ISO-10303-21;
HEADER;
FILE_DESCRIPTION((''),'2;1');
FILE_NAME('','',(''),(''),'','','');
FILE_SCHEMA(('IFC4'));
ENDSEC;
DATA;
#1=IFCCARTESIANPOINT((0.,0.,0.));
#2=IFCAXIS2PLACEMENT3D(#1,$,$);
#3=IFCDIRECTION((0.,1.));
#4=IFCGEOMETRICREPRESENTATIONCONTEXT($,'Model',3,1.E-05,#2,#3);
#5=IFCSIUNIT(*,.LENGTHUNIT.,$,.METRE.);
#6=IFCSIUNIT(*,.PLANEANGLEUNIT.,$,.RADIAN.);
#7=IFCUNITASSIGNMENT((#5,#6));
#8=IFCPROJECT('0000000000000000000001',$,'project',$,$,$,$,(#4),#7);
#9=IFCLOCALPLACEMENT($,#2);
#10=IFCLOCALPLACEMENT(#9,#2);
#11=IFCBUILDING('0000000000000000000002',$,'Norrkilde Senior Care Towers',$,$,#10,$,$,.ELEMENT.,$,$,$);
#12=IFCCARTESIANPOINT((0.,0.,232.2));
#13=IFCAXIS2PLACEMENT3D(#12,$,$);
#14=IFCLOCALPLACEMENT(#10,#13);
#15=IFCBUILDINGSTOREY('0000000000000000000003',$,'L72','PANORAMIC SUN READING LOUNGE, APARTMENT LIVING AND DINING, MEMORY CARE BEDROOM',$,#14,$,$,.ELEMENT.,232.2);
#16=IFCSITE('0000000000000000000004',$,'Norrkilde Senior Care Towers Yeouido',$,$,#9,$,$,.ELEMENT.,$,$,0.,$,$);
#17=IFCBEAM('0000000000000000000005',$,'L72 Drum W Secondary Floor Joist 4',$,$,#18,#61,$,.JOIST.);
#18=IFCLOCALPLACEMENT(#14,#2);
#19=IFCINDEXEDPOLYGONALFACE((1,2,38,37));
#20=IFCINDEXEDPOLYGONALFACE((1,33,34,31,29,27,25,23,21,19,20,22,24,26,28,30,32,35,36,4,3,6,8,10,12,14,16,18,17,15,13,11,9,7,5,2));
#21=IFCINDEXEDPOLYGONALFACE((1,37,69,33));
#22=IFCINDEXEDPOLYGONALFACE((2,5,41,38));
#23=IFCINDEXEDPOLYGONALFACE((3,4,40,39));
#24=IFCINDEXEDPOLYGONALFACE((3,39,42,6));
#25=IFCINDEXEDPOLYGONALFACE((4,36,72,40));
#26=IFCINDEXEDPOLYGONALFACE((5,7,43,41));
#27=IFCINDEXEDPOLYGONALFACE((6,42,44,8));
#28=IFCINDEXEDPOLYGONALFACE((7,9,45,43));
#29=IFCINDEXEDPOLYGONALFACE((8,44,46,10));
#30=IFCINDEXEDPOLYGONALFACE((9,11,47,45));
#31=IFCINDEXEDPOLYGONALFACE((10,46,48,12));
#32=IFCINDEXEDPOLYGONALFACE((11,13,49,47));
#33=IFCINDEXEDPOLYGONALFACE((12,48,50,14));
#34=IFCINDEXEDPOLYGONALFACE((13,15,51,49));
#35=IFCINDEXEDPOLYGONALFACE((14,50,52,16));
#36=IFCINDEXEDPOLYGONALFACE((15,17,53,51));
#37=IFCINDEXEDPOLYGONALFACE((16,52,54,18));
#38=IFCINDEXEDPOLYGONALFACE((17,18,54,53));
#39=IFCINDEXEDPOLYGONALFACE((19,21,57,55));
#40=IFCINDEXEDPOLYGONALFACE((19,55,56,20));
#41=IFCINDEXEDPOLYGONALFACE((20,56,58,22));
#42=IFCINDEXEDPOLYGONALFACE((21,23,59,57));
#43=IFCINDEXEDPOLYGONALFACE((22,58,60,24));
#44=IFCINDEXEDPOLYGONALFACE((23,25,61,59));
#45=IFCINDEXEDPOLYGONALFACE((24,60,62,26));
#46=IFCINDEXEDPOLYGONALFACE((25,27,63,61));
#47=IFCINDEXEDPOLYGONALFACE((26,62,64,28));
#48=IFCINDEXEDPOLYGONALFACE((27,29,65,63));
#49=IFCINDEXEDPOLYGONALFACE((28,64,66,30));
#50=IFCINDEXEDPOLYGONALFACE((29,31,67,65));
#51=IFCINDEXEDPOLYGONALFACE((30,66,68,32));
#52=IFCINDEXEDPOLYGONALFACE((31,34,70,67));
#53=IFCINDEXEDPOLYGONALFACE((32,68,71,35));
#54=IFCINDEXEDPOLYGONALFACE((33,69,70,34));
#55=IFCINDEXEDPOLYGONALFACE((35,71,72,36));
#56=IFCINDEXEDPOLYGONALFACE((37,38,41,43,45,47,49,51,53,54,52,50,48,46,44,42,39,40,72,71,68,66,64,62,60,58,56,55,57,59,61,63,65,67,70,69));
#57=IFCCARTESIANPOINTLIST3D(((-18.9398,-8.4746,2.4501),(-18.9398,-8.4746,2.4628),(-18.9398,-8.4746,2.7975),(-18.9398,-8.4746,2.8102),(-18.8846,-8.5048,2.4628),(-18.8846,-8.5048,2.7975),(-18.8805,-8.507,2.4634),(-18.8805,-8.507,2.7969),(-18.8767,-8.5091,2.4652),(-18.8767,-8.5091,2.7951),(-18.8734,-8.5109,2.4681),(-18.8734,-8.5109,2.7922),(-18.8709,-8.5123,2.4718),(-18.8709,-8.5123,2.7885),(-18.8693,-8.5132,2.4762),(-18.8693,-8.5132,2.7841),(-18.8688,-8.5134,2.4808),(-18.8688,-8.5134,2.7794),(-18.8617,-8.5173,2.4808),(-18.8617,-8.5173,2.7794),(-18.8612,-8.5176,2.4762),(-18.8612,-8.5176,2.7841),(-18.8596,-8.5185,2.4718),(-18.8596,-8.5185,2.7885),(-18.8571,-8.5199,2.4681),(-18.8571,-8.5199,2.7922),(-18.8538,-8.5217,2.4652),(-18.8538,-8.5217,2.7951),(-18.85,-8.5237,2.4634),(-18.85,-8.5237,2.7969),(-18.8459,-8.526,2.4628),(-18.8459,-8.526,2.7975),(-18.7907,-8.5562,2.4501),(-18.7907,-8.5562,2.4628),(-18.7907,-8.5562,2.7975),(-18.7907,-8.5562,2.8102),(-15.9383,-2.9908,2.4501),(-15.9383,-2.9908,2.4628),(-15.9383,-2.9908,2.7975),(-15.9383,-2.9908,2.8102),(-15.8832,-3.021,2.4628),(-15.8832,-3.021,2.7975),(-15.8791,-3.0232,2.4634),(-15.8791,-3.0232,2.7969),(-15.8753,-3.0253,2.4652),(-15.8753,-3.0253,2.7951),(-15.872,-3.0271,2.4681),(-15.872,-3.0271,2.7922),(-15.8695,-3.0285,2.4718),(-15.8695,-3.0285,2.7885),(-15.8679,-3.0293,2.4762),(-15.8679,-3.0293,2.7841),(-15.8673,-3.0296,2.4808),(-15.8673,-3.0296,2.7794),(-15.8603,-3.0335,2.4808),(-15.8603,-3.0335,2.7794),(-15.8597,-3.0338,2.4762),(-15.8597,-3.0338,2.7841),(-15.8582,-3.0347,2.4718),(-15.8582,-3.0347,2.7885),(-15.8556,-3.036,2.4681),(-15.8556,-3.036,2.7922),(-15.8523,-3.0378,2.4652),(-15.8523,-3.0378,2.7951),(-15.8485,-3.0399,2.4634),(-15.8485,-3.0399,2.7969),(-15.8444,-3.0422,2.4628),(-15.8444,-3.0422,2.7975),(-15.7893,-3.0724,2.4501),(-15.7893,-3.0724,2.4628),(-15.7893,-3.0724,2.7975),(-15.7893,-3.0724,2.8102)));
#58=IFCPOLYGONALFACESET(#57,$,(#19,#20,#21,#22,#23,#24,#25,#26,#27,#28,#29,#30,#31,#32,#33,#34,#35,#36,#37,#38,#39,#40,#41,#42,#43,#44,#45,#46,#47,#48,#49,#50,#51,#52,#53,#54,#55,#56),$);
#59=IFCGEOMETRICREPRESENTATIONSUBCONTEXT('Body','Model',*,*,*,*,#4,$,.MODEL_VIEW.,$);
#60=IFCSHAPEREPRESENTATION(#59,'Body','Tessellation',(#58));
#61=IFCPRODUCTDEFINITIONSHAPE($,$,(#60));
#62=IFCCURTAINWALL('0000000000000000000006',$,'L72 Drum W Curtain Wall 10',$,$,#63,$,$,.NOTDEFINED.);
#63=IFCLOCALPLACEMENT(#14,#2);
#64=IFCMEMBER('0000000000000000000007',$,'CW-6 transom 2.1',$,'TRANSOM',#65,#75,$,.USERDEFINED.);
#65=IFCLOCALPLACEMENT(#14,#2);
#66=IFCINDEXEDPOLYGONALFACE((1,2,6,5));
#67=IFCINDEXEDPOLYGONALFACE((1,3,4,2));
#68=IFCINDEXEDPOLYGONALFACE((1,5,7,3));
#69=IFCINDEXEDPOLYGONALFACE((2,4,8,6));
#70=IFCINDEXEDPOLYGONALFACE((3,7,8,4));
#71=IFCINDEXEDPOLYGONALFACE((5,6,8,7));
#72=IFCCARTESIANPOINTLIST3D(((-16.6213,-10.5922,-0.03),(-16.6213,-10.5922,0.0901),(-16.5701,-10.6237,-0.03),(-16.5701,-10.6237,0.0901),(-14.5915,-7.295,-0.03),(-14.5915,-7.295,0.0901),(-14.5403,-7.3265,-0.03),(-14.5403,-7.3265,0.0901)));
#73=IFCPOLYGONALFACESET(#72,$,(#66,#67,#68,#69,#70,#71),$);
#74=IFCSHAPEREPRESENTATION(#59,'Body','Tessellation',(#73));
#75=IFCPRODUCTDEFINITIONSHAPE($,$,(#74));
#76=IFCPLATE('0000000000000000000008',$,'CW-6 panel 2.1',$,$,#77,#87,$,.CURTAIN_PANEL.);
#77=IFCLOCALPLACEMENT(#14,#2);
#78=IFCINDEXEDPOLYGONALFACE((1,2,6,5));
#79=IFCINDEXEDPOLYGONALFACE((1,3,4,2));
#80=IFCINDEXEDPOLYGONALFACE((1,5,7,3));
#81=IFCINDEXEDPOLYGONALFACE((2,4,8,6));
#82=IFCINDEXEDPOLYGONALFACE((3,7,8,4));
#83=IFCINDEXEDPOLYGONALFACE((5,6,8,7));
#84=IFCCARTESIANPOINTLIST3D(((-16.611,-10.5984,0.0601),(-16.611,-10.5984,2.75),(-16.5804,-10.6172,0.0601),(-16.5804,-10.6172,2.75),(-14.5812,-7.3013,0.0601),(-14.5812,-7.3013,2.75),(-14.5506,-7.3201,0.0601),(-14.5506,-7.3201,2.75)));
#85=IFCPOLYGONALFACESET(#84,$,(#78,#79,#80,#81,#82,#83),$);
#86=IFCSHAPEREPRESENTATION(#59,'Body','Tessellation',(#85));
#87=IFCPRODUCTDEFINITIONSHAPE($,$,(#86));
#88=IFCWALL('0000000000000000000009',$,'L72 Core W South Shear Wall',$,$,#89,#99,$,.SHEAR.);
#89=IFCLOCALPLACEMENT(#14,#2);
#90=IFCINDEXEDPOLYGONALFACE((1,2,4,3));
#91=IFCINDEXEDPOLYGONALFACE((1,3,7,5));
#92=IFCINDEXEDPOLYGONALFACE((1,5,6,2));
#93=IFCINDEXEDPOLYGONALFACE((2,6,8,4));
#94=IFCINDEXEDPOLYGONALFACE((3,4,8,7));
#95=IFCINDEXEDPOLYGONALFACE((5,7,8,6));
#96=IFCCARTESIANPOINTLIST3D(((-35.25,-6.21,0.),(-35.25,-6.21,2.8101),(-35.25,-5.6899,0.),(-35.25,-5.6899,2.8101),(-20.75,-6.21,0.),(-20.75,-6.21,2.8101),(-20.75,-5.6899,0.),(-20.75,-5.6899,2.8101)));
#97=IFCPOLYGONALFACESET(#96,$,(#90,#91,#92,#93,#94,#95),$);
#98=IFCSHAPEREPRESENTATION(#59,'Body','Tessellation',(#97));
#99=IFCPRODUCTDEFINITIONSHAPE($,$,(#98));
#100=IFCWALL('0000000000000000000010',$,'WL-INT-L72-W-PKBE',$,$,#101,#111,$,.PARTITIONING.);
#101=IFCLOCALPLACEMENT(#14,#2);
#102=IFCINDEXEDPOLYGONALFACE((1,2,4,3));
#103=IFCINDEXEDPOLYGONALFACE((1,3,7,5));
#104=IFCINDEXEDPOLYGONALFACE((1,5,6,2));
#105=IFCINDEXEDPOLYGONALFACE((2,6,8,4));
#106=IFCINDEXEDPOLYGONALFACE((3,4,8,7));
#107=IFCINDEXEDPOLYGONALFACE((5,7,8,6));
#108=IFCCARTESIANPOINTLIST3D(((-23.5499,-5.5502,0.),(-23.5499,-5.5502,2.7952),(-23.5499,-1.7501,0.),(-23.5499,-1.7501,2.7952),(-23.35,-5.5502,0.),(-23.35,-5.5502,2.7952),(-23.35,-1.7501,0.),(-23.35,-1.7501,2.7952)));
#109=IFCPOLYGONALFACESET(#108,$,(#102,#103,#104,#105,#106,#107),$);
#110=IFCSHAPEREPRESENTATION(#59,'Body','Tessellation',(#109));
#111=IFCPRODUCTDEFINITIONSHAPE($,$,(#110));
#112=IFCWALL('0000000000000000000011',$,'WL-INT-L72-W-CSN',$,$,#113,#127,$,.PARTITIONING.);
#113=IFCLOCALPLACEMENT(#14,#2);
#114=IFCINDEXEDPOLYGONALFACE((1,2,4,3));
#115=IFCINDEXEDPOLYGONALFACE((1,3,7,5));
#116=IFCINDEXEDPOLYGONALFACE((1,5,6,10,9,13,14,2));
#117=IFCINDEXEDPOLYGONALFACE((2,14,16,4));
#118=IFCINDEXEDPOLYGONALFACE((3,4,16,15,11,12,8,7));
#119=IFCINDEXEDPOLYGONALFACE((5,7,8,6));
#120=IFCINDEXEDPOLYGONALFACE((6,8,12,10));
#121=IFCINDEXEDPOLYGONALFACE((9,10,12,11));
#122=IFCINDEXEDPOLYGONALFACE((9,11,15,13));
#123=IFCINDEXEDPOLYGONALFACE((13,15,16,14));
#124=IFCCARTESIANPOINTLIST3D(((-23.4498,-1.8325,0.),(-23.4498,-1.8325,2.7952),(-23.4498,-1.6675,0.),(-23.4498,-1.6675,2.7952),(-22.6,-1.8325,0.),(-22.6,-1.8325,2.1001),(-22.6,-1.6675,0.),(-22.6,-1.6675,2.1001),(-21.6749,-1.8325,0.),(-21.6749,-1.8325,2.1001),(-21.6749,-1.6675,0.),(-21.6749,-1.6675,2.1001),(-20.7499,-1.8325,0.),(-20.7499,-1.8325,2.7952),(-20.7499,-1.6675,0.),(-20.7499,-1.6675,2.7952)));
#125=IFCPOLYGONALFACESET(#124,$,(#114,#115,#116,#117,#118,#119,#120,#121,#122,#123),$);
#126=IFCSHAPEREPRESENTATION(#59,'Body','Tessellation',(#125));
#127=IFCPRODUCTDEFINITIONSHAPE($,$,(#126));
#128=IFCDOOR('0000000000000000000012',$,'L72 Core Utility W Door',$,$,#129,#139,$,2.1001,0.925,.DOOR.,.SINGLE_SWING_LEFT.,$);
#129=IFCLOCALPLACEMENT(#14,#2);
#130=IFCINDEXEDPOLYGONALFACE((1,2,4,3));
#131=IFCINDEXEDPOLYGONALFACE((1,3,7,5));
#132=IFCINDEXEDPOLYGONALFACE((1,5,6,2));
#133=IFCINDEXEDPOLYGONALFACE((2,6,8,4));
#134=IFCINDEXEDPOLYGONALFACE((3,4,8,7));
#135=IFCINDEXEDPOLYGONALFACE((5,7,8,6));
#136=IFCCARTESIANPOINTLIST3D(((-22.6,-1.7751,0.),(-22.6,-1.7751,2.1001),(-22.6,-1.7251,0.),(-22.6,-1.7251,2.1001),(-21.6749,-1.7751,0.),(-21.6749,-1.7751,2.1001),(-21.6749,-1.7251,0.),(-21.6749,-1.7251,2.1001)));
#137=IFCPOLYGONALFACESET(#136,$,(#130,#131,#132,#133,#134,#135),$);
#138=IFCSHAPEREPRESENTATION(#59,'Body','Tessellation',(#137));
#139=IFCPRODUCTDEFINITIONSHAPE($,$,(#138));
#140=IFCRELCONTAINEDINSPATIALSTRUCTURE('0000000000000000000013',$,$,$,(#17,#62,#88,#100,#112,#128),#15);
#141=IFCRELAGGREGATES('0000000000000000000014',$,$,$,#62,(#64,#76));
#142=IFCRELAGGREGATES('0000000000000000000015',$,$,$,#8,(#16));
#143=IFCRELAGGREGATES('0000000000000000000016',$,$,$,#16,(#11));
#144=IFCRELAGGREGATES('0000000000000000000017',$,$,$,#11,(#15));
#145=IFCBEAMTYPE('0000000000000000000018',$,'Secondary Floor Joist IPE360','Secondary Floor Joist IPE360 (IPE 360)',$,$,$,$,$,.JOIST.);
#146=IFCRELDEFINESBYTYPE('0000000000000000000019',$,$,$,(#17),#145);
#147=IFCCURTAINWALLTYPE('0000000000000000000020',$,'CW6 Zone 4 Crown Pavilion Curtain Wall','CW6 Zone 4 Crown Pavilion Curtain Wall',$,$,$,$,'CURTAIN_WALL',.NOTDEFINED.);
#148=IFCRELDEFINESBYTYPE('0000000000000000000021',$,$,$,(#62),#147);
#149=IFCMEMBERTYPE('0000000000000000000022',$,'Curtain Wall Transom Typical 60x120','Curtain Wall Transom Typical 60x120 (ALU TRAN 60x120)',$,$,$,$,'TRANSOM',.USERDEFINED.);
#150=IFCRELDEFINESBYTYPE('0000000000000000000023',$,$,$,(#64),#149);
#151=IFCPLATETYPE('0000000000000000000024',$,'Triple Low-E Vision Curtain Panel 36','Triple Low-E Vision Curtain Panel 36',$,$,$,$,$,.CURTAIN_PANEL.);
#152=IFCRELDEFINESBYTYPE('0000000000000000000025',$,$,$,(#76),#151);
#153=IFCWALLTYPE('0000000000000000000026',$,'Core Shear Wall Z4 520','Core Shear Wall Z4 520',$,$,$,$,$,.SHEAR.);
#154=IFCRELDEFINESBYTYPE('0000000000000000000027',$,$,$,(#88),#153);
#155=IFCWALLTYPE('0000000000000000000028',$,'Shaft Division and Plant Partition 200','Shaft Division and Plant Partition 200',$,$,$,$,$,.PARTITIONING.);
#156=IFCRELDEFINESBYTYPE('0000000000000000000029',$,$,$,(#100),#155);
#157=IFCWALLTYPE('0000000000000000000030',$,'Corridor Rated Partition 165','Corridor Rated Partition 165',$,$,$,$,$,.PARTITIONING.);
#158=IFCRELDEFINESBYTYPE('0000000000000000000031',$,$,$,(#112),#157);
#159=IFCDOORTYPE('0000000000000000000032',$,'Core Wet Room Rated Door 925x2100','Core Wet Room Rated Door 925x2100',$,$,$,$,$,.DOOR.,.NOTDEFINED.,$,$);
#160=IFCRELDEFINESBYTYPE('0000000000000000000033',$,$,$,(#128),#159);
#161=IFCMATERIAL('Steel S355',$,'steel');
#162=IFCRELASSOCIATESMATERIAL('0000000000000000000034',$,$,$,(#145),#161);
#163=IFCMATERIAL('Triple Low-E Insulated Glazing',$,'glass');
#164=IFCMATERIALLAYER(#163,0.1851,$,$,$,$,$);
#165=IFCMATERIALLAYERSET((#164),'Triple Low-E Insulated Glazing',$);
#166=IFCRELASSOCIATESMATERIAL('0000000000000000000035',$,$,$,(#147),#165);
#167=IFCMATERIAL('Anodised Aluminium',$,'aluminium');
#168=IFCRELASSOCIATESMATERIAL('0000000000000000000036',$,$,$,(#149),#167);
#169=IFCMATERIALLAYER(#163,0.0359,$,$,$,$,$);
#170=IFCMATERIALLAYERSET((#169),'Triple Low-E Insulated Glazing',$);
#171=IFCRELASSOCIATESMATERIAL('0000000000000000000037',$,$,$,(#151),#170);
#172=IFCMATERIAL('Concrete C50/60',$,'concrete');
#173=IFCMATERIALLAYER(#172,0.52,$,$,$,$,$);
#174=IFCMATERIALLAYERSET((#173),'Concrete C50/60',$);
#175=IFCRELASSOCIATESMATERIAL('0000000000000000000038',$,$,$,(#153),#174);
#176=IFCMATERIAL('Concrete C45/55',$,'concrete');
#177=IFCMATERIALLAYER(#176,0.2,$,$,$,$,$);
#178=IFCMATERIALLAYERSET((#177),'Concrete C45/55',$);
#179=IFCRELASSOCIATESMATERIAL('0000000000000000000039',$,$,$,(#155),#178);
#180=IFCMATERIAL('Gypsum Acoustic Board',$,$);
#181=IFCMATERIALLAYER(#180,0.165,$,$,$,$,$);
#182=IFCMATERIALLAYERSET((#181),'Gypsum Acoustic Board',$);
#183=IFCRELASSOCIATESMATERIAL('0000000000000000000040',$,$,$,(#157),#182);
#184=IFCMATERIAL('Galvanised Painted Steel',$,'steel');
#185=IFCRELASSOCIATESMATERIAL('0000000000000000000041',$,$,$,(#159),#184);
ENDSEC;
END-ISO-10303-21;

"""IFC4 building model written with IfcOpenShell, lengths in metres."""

from ifc_helpers import new_model, si_unit, direction, frame, frame_2d, origin, origin_2d, place, context, subcontext, project, spatial, rectangle, i_section, extrude, source, transform, mapped, material, layer, layer_set, material_profile, profile_set, type_object, type_shapes, element, fill, aggregate, save


model = new_model("IFC4")

# Units and contexts
model_context = context("Model", 3, precision=1e-05, world=origin(), true_north=direction((0.0, 1.0)))
body_context = subcontext(model_context, "Body", "Model", "MODEL_VIEW")
ifc_project = project(units=[si_unit("LENGTHUNIT", "METRE"), si_unit("PLANEANGLEUNIT", "RADIAN")], contexts=[model_context])

# Site, building, storey
site_placement = place(None, origin())
site = spatial("IfcSite", under=ifc_project, at=site_placement, Name="Norrkilde Senior Care Towers Yeouido", CompositionType="ELEMENT", RefElevation=0.0)
building_placement = place(site_placement, origin())
building = spatial("IfcBuilding", under=site, at=building_placement, Name="Norrkilde Senior Care Towers", CompositionType="ELEMENT")
storey_placement = place(building_placement, frame((0.0, 0.0, 232.2)))
storey = spatial("IfcBuildingStorey", under=building, at=storey_placement, Name="L72", Description="PANORAMIC SUN READING LOUNGE, APARTMENT LIVING AND DINING, MEMORY CARE BEDROOM", CompositionType="ELEMENT", Elevation=232.2)

# Beam
ifc_material_1 = material(Name="Steel S355", Category="steel")
ifc_material_profile_1 = material_profile(ifc_material_1, i_section(OverallWidth=0.1699, OverallDepth=0.3601, WebThickness=0.0081, FlangeThickness=0.0127, FilletRadius=0.0181, at=origin_2d()), Name="IPE 360")
ifc_profile_set_1 = profile_set([ifc_material_profile_1], Name="Steel S355")
beam_type_1 = type_object("IfcBeamType", Name="Secondary Floor Joist IPE360", Description="Secondary Floor Joist IPE360 (IPE 360)", PredefinedType="JOIST", material=ifc_profile_set_1)
shared_shape_1 = source(origin(), body_context, "Body", "SweptSolid", [
    extrude(i_section(OverallWidth=0.1699, OverallDepth=0.3601, WebThickness=0.0081, FlangeThickness=0.0127, FilletRadius=0.0181, at=origin_2d()), origin(), (0.0, 0.0, 1.0), 6.2515),
])
type_shapes(beam_type_1, [shared_shape_1])
beam_1_placement = place(storey_placement, frame((-18.8652, -8.5154, 2.6301), z_axis=(0.480116, 0.877205, 0.0), x_axis=(-0.877205, 0.480116, 0.0)))
element("IfcBeam", 1, at=beam_1_placement, inside=storey, type_object=beam_type_1, Name="L72 Drum W Secondary Floor Joist 4", PredefinedType="JOIST", context=body_context, shape_type="MappedRepresentation", body=[
    mapped(shared_shape_1, transform((0.0, 0.0, 0.0), x_axis=(1.0, 0.0, 0.0), y_axis=(0.0, 1.0, 0.0), z_axis=(0.0, 0.0, 1.0), scale=1.0)),
])

# Curtain wall, member, plate
ifc_material_2 = material(Name="Triple Low-E Insulated Glazing", Category="glass")
ifc_layer_1 = layer(ifc_material_2, 0.1851)
ifc_layer_set_1 = layer_set([ifc_layer_1], Name="Triple Low-E Insulated Glazing")
curtain_wall_type = type_object("IfcCurtainWallType", Name="CW6 Zone 4 Crown Pavilion Curtain Wall", Description="CW6 Zone 4 Crown Pavilion Curtain Wall", ElementType="CURTAIN_WALL", PredefinedType="NOTDEFINED", material=ifc_layer_set_1)
curtain_wall_placement = place(storey_placement, origin())
curtain_wall = element("IfcCurtainWall", 2, at=curtain_wall_placement, inside=storey, type_object=curtain_wall_type, Name="L72 Drum W Curtain Wall 10", PredefinedType="NOTDEFINED")
ifc_material_3 = material(Name="Anodised Aluminium", Category="aluminium")
ifc_material_profile_2 = material_profile(ifc_material_3, rectangle(XDim=0.0601, YDim=0.1201, at=origin_2d()), Name="ALU TRAN 60x120")
ifc_profile_set_2 = profile_set([ifc_material_profile_2], Name="Anodised Aluminium")
member_type = type_object("IfcMemberType", Name="Curtain Wall Transom Typical 60x120", Description="Curtain Wall Transom Typical 60x120 (ALU TRAN 60x120)", ElementType="TRANSOM", PredefinedType="USERDEFINED", material=ifc_profile_set_2)
shared_shape_2 = source(origin(), body_context, "Body", "SweptSolid", [
    extrude(rectangle(XDim=0.0601, YDim=0.1201, at=origin_2d()), origin(), (0.0, 0.0, 1.0), 3.8718),
])
type_shapes(member_type, [shared_shape_2])
member_placement = place(storey_placement, frame((-14.5659, -7.3108, 0.03), z_axis=(-0.524245, -0.851567, 0.0), x_axis=(0.851567, -0.524245, 0.0)))
member = element("IfcMember", 3, at=member_placement, type_object=member_type, Name="CW-6 transom 2.1", ObjectType="TRANSOM", PredefinedType="USERDEFINED", context=body_context, shape_type="MappedRepresentation", body=[
    mapped(shared_shape_2, transform((0.0, 0.0, 0.0), x_axis=(1.0, 0.0, 0.0), y_axis=(0.0, 1.0, 0.0), z_axis=(0.0, 0.0, 1.0), scale=1.0)),
])
ifc_layer_2 = layer(ifc_material_2, 0.0359)
ifc_layer_set_2 = layer_set([ifc_layer_2], Name="Triple Low-E Insulated Glazing")
plate_type = type_object("IfcPlateType", Name="Triple Low-E Vision Curtain Panel 36", Description="Triple Low-E Vision Curtain Panel 36", PredefinedType="CURTAIN_PANEL", material=ifc_layer_set_2)
shared_shape_3 = source(origin(), body_context, "Body", "SweptSolid", [
    extrude(rectangle(XDim=3.8718, YDim=0.0359, at=origin_2d()), origin(), (0.0, 0.0, 1.0), 2.6899),
])
type_shapes(plate_type, [shared_shape_3])
plate_placement = place(storey_placement, frame((-15.5808, -8.9592, 0.0601), z_axis=(0.0, 0.0, 1.0), x_axis=(-0.524253, -0.851563, 0.0)))
plate = element("IfcPlate", 4, at=plate_placement, type_object=plate_type, Name="CW-6 panel 2.1", PredefinedType="CURTAIN_PANEL", context=body_context, shape_type="MappedRepresentation", body=[
    mapped(shared_shape_3, transform((0.0, 0.0, 0.0), x_axis=(1.0, 0.0, 0.0), y_axis=(0.0, 1.0, 0.0), z_axis=(0.0, 0.0, 1.0), scale=1.0)),
])
aggregate(curtain_wall, [member, plate])

# Walls
ifc_material_4 = material(Name="Concrete C50/60", Category="concrete")
ifc_layer_3 = layer(ifc_material_4, 0.52)
ifc_layer_set_3 = layer_set([ifc_layer_3], Name="Concrete C50/60")
wall_type_1 = type_object("IfcWallType", Name="Core Shear Wall Z4 520", Description="Core Shear Wall Z4 520", PredefinedType="SHEAR", material=ifc_layer_set_3)
shared_shape_4 = source(origin(), body_context, "Body", "SweptSolid", [
    extrude(rectangle(XDim=14.5, YDim=0.52, at=frame_2d((7.25, 0.0))), origin(), (0.0, 0.0, 1.0), 2.8101),
])
type_shapes(wall_type_1, [shared_shape_4])
wall_1_placement = place(storey_placement, frame((-20.75, -5.95, 0.0), z_axis=(0.0, 0.0, 1.0), x_axis=(-1.0, 0.0, 0.0)))
element("IfcWall", 5, at=wall_1_placement, inside=storey, type_object=wall_type_1, Name="L72 Core W South Shear Wall", PredefinedType="SHEAR", context=body_context, shape_type="MappedRepresentation", body=[
    mapped(shared_shape_4, transform((0.0, 0.0, 0.0), x_axis=(1.0, 0.0, 0.0), y_axis=(0.0, 1.0, 0.0), z_axis=(0.0, 0.0, 1.0), scale=1.0)),
])
ifc_material_5 = material(Name="Concrete C45/55", Category="concrete")
ifc_layer_4 = layer(ifc_material_5, 0.2)
ifc_layer_set_4 = layer_set([ifc_layer_4], Name="Concrete C45/55")
wall_type_2 = type_object("IfcWallType", Name="Shaft Division and Plant Partition 200", Description="Shaft Division and Plant Partition 200", PredefinedType="PARTITIONING", material=ifc_layer_set_4)
shared_shape_5 = source(origin(), body_context, "Body", "SweptSolid", [
    extrude(rectangle(XDim=3.8, YDim=0.2, at=frame_2d((1.8999, 0.0))), origin(), (0.0, 0.0, 1.0), 2.7952),
])
type_shapes(wall_type_2, [shared_shape_5])
wall_2_placement = place(storey_placement, frame((-23.45, -5.55, 0.0), z_axis=(0.0, 0.0, 1.0), x_axis=(0.0, 1.0, 0.0)))
element("IfcWall", 6, at=wall_2_placement, inside=storey, type_object=wall_type_2, Name="WL-INT-L72-W-PKBE", PredefinedType="PARTITIONING", context=body_context, shape_type="MappedRepresentation", body=[
    mapped(shared_shape_5, transform((0.0, 0.0, 0.0), x_axis=(1.0, 0.0, 0.0), y_axis=(0.0, 1.0, 0.0), z_axis=(0.0, 0.0, 1.0), scale=1.0)),
])

# Wall, opening, door
ifc_material_6 = material(Name="Gypsum Acoustic Board")
ifc_layer_5 = layer(ifc_material_6, 0.165)
ifc_layer_set_5 = layer_set([ifc_layer_5], Name="Gypsum Acoustic Board")
wall_type_3 = type_object("IfcWallType", Name="Corridor Rated Partition 165", Description="Corridor Rated Partition 165", PredefinedType="PARTITIONING", material=ifc_layer_set_5)
shared_shape_6 = source(origin(), body_context, "Body", "SweptSolid", [
    extrude(rectangle(XDim=2.7, YDim=0.165, at=frame_2d((1.3501, 0.0))), origin(), (0.0, 0.0, 1.0), 2.7952),
])
wall_3_placement = place(storey_placement, frame((-23.45, -1.75, 0.0), z_axis=(0.0, 0.0, 1.0), x_axis=(1.0, 0.0, 0.0)))
wall_3 = element("IfcWall", 7, at=wall_3_placement, inside=storey, type_object=wall_type_3, Name="WL-INT-L72-W-CSN", PredefinedType="PARTITIONING", context=body_context, shape_type="MappedRepresentation", body=[
    mapped(shared_shape_6, transform((0.0, 0.0, 0.0), x_axis=(1.0, 0.0, 0.0), y_axis=(0.0, 1.0, 0.0), z_axis=(0.0, 0.0, 1.0), scale=1.0)),
])
opening_1_placement = place(wall_3_placement, frame((0.8501, 0.0, 0.0)))
opening_1 = element("IfcOpeningElement", 8, at=opening_1_placement, cuts=wall_3, PredefinedType="OPENING", context=body_context, shape_type="SweptSolid", body=[
    extrude(rectangle(XDim=0.925, YDim=2.1001, at=frame_2d((0.4624, 1.05))), frame((0.0, 0.0925, 0.0), z_axis=(0.0, -1.0, 0.0), x_axis=(1.0, 0.0, 0.0)), (0.0, 0.0, 1.0), 0.1851),
])
ifc_material_7 = material(Name="Galvanised Painted Steel", Category="steel")
door_type_1 = type_object("IfcDoorType", Name="Core Wet Room Rated Door 925x2100", Description="Core Wet Room Rated Door 925x2100", OperationType="NOTDEFINED", PredefinedType="DOOR", material=ifc_material_7)
shared_shape_7 = source(origin(), body_context, "Body", "SweptSolid", [
    extrude(rectangle(XDim=0.925, YDim=2.1001, at=frame_2d((0.4624, 1.05))), frame((0.0, 0.0249, 0.0), z_axis=(0.0, -1.0, 0.0), x_axis=(1.0, 0.0, 0.0)), (0.0, 0.0, 1.0), 0.05),
])
type_shapes(door_type_1, [shared_shape_7])
door_1_placement = place(opening_1_placement, origin())
door_1 = element("IfcDoor", 9, at=door_1_placement, inside=storey, type_object=door_type_1, Name="L72 Core Utility W Door", OperationType="SINGLE_SWING_LEFT", OverallHeight=2.1001, OverallWidth=0.925, PredefinedType="DOOR", context=body_context, shape_type="MappedRepresentation", body=[
    mapped(shared_shape_7, transform((0.0, 0.0, 0.0), x_axis=(1.0, 0.0, 0.0), y_axis=(0.0, 1.0, 0.0), z_axis=(0.0, 0.0, 1.0), scale=1.0)),
])
fill(opening_1, door_1)

save(model, "model.ifc")
